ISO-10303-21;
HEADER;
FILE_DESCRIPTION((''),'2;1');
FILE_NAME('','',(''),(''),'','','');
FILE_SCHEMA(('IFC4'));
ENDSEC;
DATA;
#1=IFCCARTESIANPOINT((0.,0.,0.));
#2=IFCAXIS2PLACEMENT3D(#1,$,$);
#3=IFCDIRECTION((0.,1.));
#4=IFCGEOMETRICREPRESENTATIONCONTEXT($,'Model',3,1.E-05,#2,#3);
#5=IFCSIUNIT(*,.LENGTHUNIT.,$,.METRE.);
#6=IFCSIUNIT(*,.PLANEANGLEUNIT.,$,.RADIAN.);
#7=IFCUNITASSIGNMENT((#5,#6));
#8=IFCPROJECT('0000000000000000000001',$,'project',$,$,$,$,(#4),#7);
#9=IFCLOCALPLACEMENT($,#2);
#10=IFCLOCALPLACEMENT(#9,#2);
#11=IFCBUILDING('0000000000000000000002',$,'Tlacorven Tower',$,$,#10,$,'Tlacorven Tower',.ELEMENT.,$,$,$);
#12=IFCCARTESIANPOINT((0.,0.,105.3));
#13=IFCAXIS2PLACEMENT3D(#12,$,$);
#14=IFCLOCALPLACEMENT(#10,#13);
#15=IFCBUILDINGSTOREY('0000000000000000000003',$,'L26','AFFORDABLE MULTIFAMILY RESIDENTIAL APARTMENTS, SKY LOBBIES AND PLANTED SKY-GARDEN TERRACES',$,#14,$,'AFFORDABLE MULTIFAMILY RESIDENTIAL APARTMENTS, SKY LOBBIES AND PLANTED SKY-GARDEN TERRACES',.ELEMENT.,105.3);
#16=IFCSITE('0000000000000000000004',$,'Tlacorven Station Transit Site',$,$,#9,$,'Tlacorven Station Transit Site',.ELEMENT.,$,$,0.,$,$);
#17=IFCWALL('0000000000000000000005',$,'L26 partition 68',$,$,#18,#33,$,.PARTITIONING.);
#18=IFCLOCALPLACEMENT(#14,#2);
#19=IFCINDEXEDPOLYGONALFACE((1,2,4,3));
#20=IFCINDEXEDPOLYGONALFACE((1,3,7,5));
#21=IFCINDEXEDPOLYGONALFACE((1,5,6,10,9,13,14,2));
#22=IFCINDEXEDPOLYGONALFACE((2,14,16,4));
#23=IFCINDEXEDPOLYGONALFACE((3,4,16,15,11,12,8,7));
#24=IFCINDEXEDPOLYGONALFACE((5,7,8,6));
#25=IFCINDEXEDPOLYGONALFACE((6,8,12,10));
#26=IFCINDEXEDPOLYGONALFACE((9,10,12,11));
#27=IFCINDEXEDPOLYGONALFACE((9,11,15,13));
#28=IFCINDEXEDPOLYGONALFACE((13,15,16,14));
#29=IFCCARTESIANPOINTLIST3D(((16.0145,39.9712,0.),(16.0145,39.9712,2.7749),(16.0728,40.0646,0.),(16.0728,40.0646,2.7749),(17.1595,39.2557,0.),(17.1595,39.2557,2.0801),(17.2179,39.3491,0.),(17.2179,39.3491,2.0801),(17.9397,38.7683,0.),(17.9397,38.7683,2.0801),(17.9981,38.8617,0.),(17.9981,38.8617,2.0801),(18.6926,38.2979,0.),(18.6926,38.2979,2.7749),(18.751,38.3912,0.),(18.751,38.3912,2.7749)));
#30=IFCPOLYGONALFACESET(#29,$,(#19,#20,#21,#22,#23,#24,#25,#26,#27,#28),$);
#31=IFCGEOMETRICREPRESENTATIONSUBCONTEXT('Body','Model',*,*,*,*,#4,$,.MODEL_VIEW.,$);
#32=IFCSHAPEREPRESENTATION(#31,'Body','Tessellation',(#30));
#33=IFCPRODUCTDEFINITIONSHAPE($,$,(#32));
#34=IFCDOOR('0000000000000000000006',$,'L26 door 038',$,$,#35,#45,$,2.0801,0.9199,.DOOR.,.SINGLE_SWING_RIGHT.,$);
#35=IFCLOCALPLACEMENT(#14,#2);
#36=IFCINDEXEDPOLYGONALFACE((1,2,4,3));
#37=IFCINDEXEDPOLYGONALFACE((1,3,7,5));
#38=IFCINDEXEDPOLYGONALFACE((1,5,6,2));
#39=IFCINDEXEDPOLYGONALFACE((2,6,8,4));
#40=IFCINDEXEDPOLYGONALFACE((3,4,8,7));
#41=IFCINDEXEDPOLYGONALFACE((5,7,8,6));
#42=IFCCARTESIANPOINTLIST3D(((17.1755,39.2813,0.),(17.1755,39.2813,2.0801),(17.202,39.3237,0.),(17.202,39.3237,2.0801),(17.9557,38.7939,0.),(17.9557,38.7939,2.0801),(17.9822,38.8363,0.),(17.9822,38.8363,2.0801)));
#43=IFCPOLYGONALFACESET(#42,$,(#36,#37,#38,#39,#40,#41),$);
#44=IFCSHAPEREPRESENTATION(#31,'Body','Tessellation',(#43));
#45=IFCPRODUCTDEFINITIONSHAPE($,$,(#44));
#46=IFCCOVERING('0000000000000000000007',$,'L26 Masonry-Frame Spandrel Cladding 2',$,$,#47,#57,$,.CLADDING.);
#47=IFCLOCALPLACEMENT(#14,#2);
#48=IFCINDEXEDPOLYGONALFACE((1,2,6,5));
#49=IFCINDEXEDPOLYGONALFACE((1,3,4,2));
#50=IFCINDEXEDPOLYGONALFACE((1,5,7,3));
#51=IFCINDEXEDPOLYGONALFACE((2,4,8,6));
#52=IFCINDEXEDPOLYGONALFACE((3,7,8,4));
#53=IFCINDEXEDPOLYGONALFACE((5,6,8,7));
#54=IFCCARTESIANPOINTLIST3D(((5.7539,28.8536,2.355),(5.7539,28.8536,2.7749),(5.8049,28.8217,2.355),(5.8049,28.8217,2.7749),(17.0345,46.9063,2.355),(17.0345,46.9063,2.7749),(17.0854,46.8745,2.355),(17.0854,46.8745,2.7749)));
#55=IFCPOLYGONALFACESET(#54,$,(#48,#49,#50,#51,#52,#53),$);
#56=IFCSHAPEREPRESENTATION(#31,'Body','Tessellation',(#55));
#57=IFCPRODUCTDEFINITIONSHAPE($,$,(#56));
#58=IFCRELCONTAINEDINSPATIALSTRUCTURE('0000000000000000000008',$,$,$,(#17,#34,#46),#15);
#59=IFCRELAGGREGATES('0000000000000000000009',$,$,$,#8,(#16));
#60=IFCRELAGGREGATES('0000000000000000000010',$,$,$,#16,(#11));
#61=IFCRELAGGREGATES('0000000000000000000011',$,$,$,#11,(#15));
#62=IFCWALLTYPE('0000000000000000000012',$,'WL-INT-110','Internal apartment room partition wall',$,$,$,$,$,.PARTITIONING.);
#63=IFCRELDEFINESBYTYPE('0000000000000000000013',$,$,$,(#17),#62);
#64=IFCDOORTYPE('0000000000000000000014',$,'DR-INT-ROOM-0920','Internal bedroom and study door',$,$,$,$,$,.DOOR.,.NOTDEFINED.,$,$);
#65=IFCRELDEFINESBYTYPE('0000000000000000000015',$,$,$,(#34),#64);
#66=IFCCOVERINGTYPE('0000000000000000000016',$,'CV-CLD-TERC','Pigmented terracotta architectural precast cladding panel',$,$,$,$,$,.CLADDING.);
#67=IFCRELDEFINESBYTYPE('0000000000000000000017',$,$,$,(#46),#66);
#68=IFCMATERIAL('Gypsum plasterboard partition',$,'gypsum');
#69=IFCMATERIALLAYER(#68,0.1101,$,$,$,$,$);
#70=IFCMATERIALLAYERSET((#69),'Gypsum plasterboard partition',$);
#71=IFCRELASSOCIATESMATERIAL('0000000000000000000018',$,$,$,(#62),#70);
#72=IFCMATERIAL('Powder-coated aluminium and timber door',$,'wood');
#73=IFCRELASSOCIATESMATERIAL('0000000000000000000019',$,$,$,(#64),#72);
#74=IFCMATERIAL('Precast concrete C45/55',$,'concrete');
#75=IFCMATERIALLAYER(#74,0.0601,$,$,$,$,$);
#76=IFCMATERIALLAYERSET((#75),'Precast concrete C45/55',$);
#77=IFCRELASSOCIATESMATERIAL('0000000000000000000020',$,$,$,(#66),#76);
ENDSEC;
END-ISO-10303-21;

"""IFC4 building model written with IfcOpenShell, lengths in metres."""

from ifc_helpers import new_model, si_unit, direction, frame, frame_2d, origin, origin_2d, place, context, subcontext, project, spatial, rectangle, extrude, source, transform, mapped, material, layer, layer_set, type_object, element, fill, save


model = new_model("IFC4")

# Units and contexts
model_context = context("Model", 3, precision=1e-05, world=origin(), true_north=direction((0.0, 1.0)))
body_context = subcontext(model_context, "Body", "Model", "MODEL_VIEW")
ifc_project = project(units=[si_unit("LENGTHUNIT", "METRE"), si_unit("PLANEANGLEUNIT", "RADIAN")], contexts=[model_context])

# Site, building, storey
site_placement = place(None, origin())
site = spatial("IfcSite", under=ifc_project, at=site_placement, Name="Tlacorven Station Transit Site", LongName="Tlacorven Station Transit Site", CompositionType="ELEMENT", RefElevation=0.0)
building_placement = place(site_placement, origin())
building = spatial("IfcBuilding", under=site, at=building_placement, Name="Tlacorven Tower", LongName="Tlacorven Tower", CompositionType="ELEMENT")
storey_placement = place(building_placement, frame((0.0, 0.0, 105.3)))
storey = spatial("IfcBuildingStorey", under=building, at=storey_placement, Name="L26", Description="AFFORDABLE MULTIFAMILY RESIDENTIAL APARTMENTS, SKY LOBBIES AND PLANTED SKY-GARDEN TERRACES", LongName="AFFORDABLE MULTIFAMILY RESIDENTIAL APARTMENTS, SKY LOBBIES AND PLANTED SKY-GARDEN TERRACES", CompositionType="ELEMENT", Elevation=105.3)

# Wall, opening, door
ifc_material_1 = material(Name="Gypsum plasterboard partition", Category="gypsum")
ifc_layer_1 = layer(ifc_material_1, 0.1101)
ifc_layer_set_1 = layer_set([ifc_layer_1], Name="Gypsum plasterboard partition")
wall_type_1 = type_object("IfcWallType", Name="WL-INT-110", Description="Internal apartment room partition wall", PredefinedType="PARTITIONING", material=ifc_layer_set_1)
wall_1_placement = place(storey_placement, frame((18.7219, 38.3445, 0.0), z_axis=(0.0, 0.0, 1.0), x_axis=(-0.848076, 0.529874, 0.0)))
wall_1 = element("IfcWall", 1, at=wall_1_placement, inside=storey, type_object=wall_type_1, Name="L26 partition 68", PredefinedType="PARTITIONING", context=body_context, shape_type="SweptSolid", body=[
    extrude(rectangle(XDim=3.158, YDim=0.1101, at=frame_2d((1.5791, 0.0))), origin(), (0.0, 0.0, 1.0), 2.7749),
])
opening_placement = place(wall_1_placement, frame((0.8879, 0.0, 0.0)))
opening = element("IfcOpeningElement", 2, at=opening_placement, cuts=wall_1, PredefinedType="OPENING", context=body_context, shape_type="SweptSolid", body=[
    extrude(rectangle(XDim=0.9199, YDim=2.0801, at=frame_2d((0.46, 1.04))), frame((0.0, 0.0649, 0.0), z_axis=(0.0, -1.0, 0.0), x_axis=(1.0, 0.0, 0.0)), (0.0, 0.0, 1.0), 0.1301),
])
ifc_material_2 = material(Name="Powder-coated aluminium and timber door", Category="wood")
door_type = type_object("IfcDoorType", Name="DR-INT-ROOM-0920", Description="Internal bedroom and study door", OperationType="NOTDEFINED", PredefinedType="DOOR", material=ifc_material_2)
shared_shape_1 = source(origin(), body_context, "Body", "SweptSolid", [
    extrude(rectangle(XDim=0.9199, YDim=2.0801, at=frame_2d((0.46, 1.04))), frame((0.0, 0.0249, 0.0), z_axis=(0.0, -1.0, 0.0), x_axis=(1.0, 0.0, 0.0)), (0.0, 0.0, 1.0), 0.05),
])
door_placement = place(opening_placement, origin())
door = element("IfcDoor", 3, at=door_placement, inside=storey, type_object=door_type, Name="L26 door 038", OperationType="SINGLE_SWING_RIGHT", OverallHeight=2.0801, OverallWidth=0.9199, PredefinedType="DOOR", context=body_context, shape_type="MappedRepresentation", body=[
    mapped(shared_shape_1, transform((0.0, 0.0, 0.0), scale=1.0)),
])
fill(opening, door)

# Covering
ifc_material_3 = material(Name="Precast concrete C45/55", Category="concrete")
ifc_layer_2 = layer(ifc_material_3, 0.0601)
ifc_layer_set_2 = layer_set([ifc_layer_2], Name="Precast concrete C45/55")
covering_type = type_object("IfcCoveringType", Name="CV-CLD-TERC", Description="Pigmented terracotta architectural precast cladding panel", PredefinedType="CLADDING", material=ifc_layer_set_2)
shared_shape_2 = source(origin(), body_context, "Body", "SweptSolid", [
    extrude(rectangle(XDim=21.2874, YDim=0.0601, at=origin_2d()), origin(), (0.0, 0.0, 1.0), 0.4199),
])
covering_placement = place(storey_placement, frame((11.4197, 37.864, 2.355), z_axis=(0.0, 0.0, 1.0), x_axis=(0.529919, 0.848048, 0.0)))
element("IfcCovering", 4, at=covering_placement, inside=storey, type_object=covering_type, Name="L26 Masonry-Frame Spandrel Cladding 2", PredefinedType="CLADDING", context=body_context, shape_type="MappedRepresentation", body=[
    mapped(shared_shape_2, transform((0.0, 0.0, 0.0), scale=1.0)),
])

save(model, "model.ifc")
